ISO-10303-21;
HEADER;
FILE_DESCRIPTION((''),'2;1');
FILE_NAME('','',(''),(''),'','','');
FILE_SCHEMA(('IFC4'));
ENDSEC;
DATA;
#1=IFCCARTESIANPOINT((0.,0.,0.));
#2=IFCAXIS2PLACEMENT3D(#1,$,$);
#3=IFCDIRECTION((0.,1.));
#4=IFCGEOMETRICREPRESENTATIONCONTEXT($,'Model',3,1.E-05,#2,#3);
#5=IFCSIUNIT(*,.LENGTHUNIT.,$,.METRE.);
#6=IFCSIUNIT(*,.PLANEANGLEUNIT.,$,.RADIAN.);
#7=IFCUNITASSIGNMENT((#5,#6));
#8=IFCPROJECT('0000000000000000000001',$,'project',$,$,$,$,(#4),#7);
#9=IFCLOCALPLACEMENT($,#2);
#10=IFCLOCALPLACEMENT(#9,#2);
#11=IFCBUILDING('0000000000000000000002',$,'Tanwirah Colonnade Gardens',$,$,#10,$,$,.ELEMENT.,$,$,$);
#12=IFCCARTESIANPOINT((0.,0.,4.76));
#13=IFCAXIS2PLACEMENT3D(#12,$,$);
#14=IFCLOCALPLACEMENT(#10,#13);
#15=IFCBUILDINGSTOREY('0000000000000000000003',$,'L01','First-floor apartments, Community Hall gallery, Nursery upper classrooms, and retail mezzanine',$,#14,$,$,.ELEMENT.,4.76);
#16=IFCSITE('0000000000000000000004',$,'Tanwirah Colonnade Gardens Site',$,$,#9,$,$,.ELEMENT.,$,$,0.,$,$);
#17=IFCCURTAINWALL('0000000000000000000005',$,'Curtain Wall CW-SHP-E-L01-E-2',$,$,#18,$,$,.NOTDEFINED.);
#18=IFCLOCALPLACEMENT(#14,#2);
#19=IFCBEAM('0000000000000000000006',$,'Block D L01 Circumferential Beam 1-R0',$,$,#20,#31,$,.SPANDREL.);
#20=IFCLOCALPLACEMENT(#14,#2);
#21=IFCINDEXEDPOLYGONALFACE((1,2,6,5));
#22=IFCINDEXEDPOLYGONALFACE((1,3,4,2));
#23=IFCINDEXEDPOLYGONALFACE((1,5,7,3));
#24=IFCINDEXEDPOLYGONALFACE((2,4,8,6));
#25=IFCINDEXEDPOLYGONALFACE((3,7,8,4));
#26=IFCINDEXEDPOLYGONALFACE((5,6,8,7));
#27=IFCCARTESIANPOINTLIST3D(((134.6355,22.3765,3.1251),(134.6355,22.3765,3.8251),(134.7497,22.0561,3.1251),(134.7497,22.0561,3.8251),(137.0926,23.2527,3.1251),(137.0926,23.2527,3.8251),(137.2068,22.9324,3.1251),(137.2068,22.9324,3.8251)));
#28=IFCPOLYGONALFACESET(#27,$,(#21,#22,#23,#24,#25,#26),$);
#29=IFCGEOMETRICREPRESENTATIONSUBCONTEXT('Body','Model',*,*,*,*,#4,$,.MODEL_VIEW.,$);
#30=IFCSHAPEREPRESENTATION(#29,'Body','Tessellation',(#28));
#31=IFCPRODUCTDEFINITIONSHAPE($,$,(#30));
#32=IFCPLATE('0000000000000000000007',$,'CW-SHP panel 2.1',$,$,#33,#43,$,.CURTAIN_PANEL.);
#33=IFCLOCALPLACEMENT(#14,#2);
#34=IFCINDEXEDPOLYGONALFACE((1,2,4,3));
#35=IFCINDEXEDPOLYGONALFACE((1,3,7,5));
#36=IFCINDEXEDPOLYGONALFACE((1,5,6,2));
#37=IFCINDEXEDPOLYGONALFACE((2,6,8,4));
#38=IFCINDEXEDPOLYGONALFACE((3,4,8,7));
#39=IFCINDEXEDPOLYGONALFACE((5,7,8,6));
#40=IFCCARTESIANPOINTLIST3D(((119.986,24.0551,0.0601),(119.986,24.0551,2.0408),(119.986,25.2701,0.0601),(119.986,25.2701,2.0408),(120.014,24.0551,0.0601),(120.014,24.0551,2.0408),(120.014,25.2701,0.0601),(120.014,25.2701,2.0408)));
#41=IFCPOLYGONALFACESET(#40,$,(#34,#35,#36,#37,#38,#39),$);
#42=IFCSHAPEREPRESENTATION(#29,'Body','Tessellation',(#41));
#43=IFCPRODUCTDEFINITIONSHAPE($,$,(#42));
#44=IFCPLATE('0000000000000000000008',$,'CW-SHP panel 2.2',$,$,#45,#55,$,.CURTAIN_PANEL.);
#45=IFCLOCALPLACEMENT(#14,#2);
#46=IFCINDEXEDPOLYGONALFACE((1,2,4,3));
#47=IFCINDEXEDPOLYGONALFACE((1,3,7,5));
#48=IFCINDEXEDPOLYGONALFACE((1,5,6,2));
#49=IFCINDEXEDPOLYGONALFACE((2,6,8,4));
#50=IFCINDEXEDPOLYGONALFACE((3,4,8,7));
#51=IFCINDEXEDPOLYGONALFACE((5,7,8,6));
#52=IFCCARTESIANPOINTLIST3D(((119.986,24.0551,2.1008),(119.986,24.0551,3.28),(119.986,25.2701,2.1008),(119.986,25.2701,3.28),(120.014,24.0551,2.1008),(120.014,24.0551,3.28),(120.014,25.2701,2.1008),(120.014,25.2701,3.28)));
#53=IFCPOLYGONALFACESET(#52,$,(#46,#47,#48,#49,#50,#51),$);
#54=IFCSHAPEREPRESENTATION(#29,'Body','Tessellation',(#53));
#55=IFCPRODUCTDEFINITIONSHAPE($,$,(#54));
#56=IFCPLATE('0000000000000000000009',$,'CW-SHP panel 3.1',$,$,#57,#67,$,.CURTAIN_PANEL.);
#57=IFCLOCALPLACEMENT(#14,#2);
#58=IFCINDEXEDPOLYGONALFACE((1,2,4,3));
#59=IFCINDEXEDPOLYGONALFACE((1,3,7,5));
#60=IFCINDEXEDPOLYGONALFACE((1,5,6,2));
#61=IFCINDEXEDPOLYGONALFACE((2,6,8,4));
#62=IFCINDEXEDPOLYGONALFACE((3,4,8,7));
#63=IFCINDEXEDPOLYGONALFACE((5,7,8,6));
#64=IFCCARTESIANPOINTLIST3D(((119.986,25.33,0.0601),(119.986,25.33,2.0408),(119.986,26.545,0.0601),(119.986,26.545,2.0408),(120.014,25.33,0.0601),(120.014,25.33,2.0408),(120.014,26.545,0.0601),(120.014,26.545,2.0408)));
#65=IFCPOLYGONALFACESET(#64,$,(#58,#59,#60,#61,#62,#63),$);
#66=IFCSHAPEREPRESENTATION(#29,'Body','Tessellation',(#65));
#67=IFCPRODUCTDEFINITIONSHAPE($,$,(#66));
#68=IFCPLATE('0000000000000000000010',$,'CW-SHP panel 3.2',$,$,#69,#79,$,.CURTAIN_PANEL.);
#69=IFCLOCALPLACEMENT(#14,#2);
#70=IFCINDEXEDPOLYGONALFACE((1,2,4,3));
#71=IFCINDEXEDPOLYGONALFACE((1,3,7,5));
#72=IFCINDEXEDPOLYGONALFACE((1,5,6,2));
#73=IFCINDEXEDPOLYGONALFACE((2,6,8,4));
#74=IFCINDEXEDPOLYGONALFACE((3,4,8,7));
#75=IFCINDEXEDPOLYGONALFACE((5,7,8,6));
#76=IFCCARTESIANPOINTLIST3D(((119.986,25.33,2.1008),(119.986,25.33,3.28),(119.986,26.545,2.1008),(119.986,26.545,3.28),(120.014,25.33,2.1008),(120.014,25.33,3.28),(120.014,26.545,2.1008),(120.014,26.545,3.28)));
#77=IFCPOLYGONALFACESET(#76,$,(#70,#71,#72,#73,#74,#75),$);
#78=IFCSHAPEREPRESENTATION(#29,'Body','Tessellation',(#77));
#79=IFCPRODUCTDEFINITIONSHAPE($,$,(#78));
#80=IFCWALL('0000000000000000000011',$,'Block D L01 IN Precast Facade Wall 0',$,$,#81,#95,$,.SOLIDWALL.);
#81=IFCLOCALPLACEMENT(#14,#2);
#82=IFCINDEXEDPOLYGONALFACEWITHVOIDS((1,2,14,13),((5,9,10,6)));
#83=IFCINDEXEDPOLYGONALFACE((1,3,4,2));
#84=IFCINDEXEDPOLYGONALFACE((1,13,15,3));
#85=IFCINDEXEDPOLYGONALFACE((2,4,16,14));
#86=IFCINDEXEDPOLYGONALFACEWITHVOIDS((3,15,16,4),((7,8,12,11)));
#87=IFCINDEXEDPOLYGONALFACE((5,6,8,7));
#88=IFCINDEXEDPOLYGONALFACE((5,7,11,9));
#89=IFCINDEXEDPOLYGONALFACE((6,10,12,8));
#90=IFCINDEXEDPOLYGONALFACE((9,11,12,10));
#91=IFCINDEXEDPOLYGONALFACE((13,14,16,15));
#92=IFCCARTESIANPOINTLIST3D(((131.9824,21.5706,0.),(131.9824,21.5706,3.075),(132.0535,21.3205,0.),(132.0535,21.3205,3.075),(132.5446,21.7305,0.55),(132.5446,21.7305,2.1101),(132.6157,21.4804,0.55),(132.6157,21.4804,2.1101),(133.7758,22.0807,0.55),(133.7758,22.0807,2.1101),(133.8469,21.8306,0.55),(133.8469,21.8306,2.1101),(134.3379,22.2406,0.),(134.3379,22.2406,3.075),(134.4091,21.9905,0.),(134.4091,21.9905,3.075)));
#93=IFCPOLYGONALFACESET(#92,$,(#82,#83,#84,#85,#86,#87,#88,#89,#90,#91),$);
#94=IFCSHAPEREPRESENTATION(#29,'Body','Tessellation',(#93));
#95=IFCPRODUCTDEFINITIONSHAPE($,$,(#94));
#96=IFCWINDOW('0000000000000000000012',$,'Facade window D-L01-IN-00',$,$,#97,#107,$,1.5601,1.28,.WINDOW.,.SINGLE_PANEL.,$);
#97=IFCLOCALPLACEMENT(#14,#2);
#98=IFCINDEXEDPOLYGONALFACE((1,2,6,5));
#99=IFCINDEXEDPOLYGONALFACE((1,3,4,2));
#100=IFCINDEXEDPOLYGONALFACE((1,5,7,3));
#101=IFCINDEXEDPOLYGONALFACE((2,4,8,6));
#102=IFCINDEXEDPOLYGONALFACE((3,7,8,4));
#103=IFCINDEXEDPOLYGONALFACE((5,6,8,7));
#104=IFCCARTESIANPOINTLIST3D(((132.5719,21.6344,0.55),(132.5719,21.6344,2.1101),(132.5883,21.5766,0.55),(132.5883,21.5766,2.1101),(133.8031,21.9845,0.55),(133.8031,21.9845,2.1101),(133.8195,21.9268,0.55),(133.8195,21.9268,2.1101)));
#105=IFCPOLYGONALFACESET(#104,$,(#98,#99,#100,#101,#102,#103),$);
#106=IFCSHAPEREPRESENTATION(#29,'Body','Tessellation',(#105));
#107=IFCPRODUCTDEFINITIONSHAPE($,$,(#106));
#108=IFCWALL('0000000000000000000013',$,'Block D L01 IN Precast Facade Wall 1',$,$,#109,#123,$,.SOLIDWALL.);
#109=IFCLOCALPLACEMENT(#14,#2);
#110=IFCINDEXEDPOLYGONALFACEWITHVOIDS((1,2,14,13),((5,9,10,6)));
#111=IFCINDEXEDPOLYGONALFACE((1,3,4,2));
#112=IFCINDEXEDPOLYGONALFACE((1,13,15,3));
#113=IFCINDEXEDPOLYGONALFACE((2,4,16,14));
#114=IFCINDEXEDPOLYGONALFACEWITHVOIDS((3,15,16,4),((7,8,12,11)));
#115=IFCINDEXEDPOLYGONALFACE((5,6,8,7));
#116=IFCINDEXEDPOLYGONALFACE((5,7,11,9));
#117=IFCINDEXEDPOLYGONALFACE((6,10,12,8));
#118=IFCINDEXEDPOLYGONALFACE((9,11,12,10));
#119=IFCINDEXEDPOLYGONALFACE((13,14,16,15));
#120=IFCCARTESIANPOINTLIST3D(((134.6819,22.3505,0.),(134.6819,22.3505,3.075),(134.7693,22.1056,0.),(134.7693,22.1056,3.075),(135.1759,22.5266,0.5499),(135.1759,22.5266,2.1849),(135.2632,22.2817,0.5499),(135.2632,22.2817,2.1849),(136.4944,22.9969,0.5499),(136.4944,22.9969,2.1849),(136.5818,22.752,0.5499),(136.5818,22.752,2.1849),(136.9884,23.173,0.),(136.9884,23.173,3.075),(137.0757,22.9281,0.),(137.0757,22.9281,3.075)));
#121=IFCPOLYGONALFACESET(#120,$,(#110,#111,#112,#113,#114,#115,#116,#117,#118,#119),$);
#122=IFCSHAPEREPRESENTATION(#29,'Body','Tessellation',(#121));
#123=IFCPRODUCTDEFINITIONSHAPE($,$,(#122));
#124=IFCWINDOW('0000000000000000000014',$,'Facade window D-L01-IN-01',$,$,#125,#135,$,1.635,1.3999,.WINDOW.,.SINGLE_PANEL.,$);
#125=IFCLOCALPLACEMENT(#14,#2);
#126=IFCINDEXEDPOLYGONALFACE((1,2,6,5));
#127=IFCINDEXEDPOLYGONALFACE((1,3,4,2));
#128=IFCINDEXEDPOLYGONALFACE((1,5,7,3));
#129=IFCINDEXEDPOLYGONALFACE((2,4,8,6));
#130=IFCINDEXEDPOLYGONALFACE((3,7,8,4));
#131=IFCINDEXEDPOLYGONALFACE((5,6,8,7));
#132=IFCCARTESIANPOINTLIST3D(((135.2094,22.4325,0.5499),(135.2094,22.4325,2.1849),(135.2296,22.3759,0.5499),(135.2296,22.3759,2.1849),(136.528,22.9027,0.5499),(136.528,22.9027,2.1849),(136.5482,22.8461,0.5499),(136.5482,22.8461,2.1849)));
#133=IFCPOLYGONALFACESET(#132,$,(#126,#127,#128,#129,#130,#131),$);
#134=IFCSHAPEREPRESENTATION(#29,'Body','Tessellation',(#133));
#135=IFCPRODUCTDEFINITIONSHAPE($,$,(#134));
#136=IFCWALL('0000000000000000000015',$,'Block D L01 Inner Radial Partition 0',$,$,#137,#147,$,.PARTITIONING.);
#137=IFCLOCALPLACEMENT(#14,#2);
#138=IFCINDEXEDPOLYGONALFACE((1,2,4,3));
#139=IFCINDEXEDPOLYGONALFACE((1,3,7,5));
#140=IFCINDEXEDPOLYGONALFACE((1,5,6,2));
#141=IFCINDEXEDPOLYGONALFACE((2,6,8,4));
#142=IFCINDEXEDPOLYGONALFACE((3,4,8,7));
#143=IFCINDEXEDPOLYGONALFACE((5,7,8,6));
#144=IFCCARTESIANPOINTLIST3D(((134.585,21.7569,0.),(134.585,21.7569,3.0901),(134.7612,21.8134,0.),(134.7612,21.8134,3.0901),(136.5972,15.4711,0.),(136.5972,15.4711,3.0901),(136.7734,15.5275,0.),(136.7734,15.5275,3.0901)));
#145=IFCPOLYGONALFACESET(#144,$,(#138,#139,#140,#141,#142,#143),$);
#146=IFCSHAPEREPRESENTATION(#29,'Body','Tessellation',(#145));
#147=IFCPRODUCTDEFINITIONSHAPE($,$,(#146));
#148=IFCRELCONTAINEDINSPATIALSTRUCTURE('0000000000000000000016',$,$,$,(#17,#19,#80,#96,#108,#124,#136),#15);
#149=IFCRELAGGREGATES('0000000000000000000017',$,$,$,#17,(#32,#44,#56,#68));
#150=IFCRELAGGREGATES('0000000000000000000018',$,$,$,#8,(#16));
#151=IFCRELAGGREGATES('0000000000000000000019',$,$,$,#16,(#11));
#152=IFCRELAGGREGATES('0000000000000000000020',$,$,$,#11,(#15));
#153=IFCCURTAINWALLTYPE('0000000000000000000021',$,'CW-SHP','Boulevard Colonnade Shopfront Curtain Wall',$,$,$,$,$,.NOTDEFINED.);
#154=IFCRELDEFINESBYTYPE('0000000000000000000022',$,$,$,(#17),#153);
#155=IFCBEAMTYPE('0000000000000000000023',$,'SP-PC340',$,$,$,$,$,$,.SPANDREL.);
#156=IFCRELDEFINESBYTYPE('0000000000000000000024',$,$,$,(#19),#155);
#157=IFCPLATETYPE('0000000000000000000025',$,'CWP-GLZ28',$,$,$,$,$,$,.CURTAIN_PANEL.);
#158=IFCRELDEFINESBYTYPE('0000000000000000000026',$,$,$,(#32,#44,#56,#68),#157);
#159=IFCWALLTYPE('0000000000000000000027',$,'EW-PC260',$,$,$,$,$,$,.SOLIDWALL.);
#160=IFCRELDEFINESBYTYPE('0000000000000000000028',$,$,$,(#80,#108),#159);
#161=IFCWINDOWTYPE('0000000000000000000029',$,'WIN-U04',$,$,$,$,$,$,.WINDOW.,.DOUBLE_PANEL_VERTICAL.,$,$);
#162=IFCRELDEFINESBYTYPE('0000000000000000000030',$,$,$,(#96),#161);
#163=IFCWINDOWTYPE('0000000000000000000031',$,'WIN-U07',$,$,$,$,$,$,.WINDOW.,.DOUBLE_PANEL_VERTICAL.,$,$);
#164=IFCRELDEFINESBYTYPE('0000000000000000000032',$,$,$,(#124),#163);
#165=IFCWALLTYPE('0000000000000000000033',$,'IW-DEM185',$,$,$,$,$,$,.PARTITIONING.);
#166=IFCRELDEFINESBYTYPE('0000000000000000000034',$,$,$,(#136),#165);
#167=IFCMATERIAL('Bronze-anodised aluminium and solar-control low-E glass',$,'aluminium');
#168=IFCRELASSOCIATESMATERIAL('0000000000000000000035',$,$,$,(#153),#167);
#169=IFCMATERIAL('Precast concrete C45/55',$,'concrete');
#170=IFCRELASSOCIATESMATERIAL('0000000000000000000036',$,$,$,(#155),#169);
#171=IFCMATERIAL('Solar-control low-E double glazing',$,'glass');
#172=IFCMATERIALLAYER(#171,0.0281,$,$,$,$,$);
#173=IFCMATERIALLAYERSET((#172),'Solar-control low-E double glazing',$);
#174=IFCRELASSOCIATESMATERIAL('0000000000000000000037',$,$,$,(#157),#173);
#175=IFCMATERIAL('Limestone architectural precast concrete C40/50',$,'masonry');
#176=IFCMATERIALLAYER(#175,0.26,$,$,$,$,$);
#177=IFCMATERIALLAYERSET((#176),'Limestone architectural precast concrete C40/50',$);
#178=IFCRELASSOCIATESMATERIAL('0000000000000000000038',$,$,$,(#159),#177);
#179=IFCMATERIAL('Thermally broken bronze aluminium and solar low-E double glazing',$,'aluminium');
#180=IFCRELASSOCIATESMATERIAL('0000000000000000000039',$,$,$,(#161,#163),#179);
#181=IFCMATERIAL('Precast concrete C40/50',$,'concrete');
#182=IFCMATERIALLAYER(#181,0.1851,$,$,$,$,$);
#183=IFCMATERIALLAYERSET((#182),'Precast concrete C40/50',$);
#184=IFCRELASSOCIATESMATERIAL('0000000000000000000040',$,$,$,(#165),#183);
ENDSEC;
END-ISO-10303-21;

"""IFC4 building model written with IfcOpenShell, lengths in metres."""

from ifc_helpers import new_model, si_unit, direction, frame, frame_2d, origin, origin_2d, place, context, subcontext, project, spatial, rectangle, extrude, material, layer, layer_set, material_profile, profile_set, type_object, element, fill, aggregate, save


model = new_model("IFC4")

# Units and contexts
model_context = context("Model", 3, precision=1e-05, world=origin(), true_north=direction((0.0, 1.0)))
body_context = subcontext(model_context, "Body", "Model", "MODEL_VIEW")
ifc_project = project(units=[si_unit("LENGTHUNIT", "METRE"), si_unit("PLANEANGLEUNIT", "RADIAN")], contexts=[model_context])

# Site, building, storey
site_placement = place(None, origin())
site = spatial("IfcSite", under=ifc_project, at=site_placement, Name="Tanwirah Colonnade Gardens Site", CompositionType="ELEMENT", RefElevation=0.0)
building_placement = place(site_placement, origin())
building = spatial("IfcBuilding", under=site, at=building_placement, Name="Tanwirah Colonnade Gardens", CompositionType="ELEMENT")
storey_placement = place(building_placement, frame((0.0, 0.0, 4.76)))
storey = spatial("IfcBuildingStorey", under=building, at=storey_placement, Name="L01", Description="First-floor apartments, Community Hall gallery, Nursery upper classrooms, and retail mezzanine", CompositionType="ELEMENT", Elevation=4.76)

# Shared definitions
ifc_material_1 = material(Name="Precast concrete C45/55", Category="concrete")

# Curtain wall
ifc_material_2 = material(Name="Bronze-anodised aluminium and solar-control low-E glass", Category="aluminium")
curtain_wall_type = type_object("IfcCurtainWallType", Name="CW-SHP", Description="Boulevard Colonnade Shopfront Curtain Wall", PredefinedType="NOTDEFINED", material=ifc_material_2)
curtain_wall_placement = place(storey_placement, origin())
curtain_wall = element("IfcCurtainWall", 1, at=curtain_wall_placement, inside=storey, type_object=curtain_wall_type, Name="Curtain Wall CW-SHP-E-L01-E-2", PredefinedType="NOTDEFINED")

# Beam
ifc_material_3 = material(Name="Precast concrete C40/50", Category="concrete")
ifc_material_profile_1 = material_profile(ifc_material_1, rectangle(XDim=0.3401, YDim=0.7, at=origin_2d()), Name="PC-SP 340x700")
ifc_profile_set_1 = profile_set([ifc_material_profile_1], Name="Precast concrete C45/55")
beam_type_1 = type_object("IfcBeamType", Name="SP-PC340", PredefinedType="SPANDREL", material=ifc_profile_set_1)
beam_1_placement = place(storey_placement, frame((134.6926, 22.2163, 3.4751), z_axis=(0.941898, 0.335898, 0.0), x_axis=(-0.335898, 0.941898, 0.0)))
element("IfcBeam", 2, at=beam_1_placement, inside=storey, type_object=beam_type_1, Name="Block D L01 Circumferential Beam 1-R0", PredefinedType="SPANDREL", context=body_context, shape_type="SweptSolid", body=[
    extrude(rectangle(XDim=0.3401, YDim=0.7, at=origin_2d()), origin(), (0.0, 0.0, 1.0), 2.6086),
])

# Plates
ifc_material_4 = material(Name="Solar-control low-E double glazing", Category="glass")
ifc_layer_1 = layer(ifc_material_4, 0.0281)
ifc_layer_set_1 = layer_set([ifc_layer_1], Name="Solar-control low-E double glazing")
plate_type = type_object("IfcPlateType", Name="CWP-GLZ28", PredefinedType="CURTAIN_PANEL", material=ifc_layer_set_1)
plate_1_placement = place(storey_placement, frame((120.0, 24.6626, 0.0601), z_axis=(0.0, 0.0, 1.0), x_axis=(0.0, 1.0, 0.0)))
plate_1 = element("IfcPlate", 3, at=plate_1_placement, type_object=plate_type, Name="CW-SHP panel 2.1", PredefinedType="CURTAIN_PANEL", context=body_context, shape_type="SweptSolid", body=[
    extrude(rectangle(XDim=1.2151, YDim=0.0281, at=origin_2d()), origin(), (0.0, 0.0, 1.0), 1.9807),
])
plate_2_placement = place(storey_placement, frame((120.0, 24.6626, 2.1008), z_axis=(0.0, 0.0, 1.0), x_axis=(0.0, 1.0, 0.0)))
plate_2 = element("IfcPlate", 4, at=plate_2_placement, type_object=plate_type, Name="CW-SHP panel 2.2", PredefinedType="CURTAIN_PANEL", context=body_context, shape_type="SweptSolid", body=[
    extrude(rectangle(XDim=1.2151, YDim=0.0281, at=origin_2d()), origin(), (0.0, 0.0, 1.0), 1.1792),
])
plate_3_placement = place(storey_placement, frame((120.0, 25.9375, 0.0601), z_axis=(0.0, 0.0, 1.0), x_axis=(0.0, 1.0, 0.0)))
plate_3 = element("IfcPlate", 5, at=plate_3_placement, type_object=plate_type, Name="CW-SHP panel 3.1", PredefinedType="CURTAIN_PANEL", context=body_context, shape_type="SweptSolid", body=[
    extrude(rectangle(XDim=1.2151, YDim=0.0281, at=origin_2d()), origin(), (0.0, 0.0, 1.0), 1.9807),
])
plate_4_placement = place(storey_placement, frame((120.0, 25.9375, 2.1008), z_axis=(0.0, 0.0, 1.0), x_axis=(0.0, 1.0, 0.0)))
plate_4 = element("IfcPlate", 6, at=plate_4_placement, type_object=plate_type, Name="CW-SHP panel 3.2", PredefinedType="CURTAIN_PANEL", context=body_context, shape_type="SweptSolid", body=[
    extrude(rectangle(XDim=1.2151, YDim=0.0281, at=origin_2d()), origin(), (0.0, 0.0, 1.0), 1.1792),
])
aggregate(curtain_wall, [plate_1, plate_2, plate_3, plate_4])

# Walls, openings, windows
ifc_material_5 = material(Name="Limestone architectural precast concrete C40/50", Category="masonry")
ifc_layer_2 = layer(ifc_material_5, 0.26)
ifc_layer_set_2 = layer_set([ifc_layer_2], Name="Limestone architectural precast concrete C40/50")
wall_type_1 = type_object("IfcWallType", Name="EW-PC260", PredefinedType="SOLIDWALL", material=ifc_layer_set_2)
wall_1_placement = place(storey_placement, frame((132.0178, 21.4456, 0.0), z_axis=(0.0, 0.0, 1.0), x_axis=(0.961854, 0.273562, 0.0)))
wall_1 = element("IfcWall", 7, at=wall_1_placement, inside=storey, type_object=wall_type_1, Name="Block D L01 IN Precast Facade Wall 0", PredefinedType="SOLIDWALL", context=body_context, shape_type="SweptSolid", body=[
    extrude(rectangle(XDim=2.449, YDim=0.26, at=frame_2d((1.2246, 0.0))), origin(), (0.0, 0.0, 1.0), 3.075),
])
opening_1_placement = place(wall_1_placement, frame((0.5845, 0.0, 0.55)))
opening_1 = element("IfcOpeningElement", 8, at=opening_1_placement, cuts=wall_1, PredefinedType="OPENING", context=body_context, shape_type="SweptSolid", body=[
    extrude(rectangle(XDim=1.28, YDim=1.5601, at=frame_2d((0.6401, 0.78))), frame((0.0, 0.1399, 0.0), z_axis=(0.0, -1.0, 0.0), x_axis=(1.0, 0.0, 0.0)), (0.0, 0.0, 1.0), 0.28),
])
ifc_material_6 = material(Name="Thermally broken bronze aluminium and solar low-E double glazing", Category="aluminium")
window_type_1 = type_object("IfcWindowType", Name="WIN-U04", PartitioningType="DOUBLE_PANEL_VERTICAL", PredefinedType="WINDOW", material=ifc_material_6)
window_1_placement = place(opening_1_placement, origin())
window_1 = element("IfcWindow", 9, at=window_1_placement, inside=storey, type_object=window_type_1, Name="Facade window D-L01-IN-00", OverallHeight=1.5601, OverallWidth=1.28, PartitioningType="SINGLE_PANEL", PredefinedType="WINDOW", context=body_context, shape_type="SweptSolid", body=[
    extrude(rectangle(XDim=1.28, YDim=1.5601, at=frame_2d((0.6401, 0.78))), frame((0.0, 0.03, 0.0), z_axis=(0.0, -1.0, 0.0), x_axis=(1.0, 0.0, 0.0)), (0.0, 0.0, 1.0), 0.0601),
])
fill(opening_1, window_1)
wall_2_placement = place(storey_placement, frame((134.7256, 22.228, 0.0), z_axis=(0.0, 0.0, 1.0), x_axis=(0.941897, 0.335901, 0.0)))
wall_2 = element("IfcWall", 10, at=wall_2_placement, inside=storey, type_object=wall_type_1, Name="Block D L01 IN Precast Facade Wall 1", PredefinedType="SOLIDWALL", context=body_context, shape_type="SweptSolid", body=[
    extrude(rectangle(XDim=2.4487, YDim=0.26, at=frame_2d((1.2244, 0.0))), origin(), (0.0, 0.0, 1.0), 3.075),
])
opening_2_placement = place(wall_2_placement, frame((0.5244, 0.0, 0.55)))
opening_2 = element("IfcOpeningElement", 11, at=opening_2_placement, cuts=wall_2, PredefinedType="OPENING", context=body_context, shape_type="SweptSolid", body=[
    extrude(rectangle(XDim=1.3999, YDim=1.635, at=frame_2d((0.7, 0.8174))), frame((0.0, 0.1399, 0.0), z_axis=(0.0, -1.0, 0.0), x_axis=(1.0, 0.0, 0.0)), (0.0, 0.0, 1.0), 0.28),
])
window_type_2 = type_object("IfcWindowType", Name="WIN-U07", PartitioningType="DOUBLE_PANEL_VERTICAL", PredefinedType="WINDOW", material=ifc_material_6)
window_2_placement = place(opening_2_placement, origin())
window_2 = element("IfcWindow", 12, at=window_2_placement, inside=storey, type_object=window_type_2, Name="Facade window D-L01-IN-01", OverallHeight=1.635, OverallWidth=1.3999, PartitioningType="SINGLE_PANEL", PredefinedType="WINDOW", context=body_context, shape_type="SweptSolid", body=[
    extrude(rectangle(XDim=1.3999, YDim=1.635, at=frame_2d((0.7, 0.8174))), frame((0.0, 0.03, 0.0), z_axis=(0.0, -1.0, 0.0), x_axis=(1.0, 0.0, 0.0)), (0.0, 0.0, 1.0), 0.0601),
])
fill(opening_2, window_2)

# Wall
ifc_layer_3 = layer(ifc_material_3, 0.1851)
ifc_layer_set_3 = layer_set([ifc_layer_3], Name="Precast concrete C40/50")
wall_type_2 = type_object("IfcWallType", Name="IW-DEM185", PredefinedType="PARTITIONING", material=ifc_layer_set_3)
wall_3_placement = place(storey_placement, frame((134.6731, 21.7852, 0.0), z_axis=(0.0, 0.0, 1.0), x_axis=(0.304875, -0.952392, 0.0)))
element("IfcWall", 13, at=wall_3_placement, inside=storey, type_object=wall_type_2, Name="Block D L01 Inner Radial Partition 0", PredefinedType="PARTITIONING", context=body_context, shape_type="SweptSolid", body=[
    extrude(rectangle(XDim=6.6001, YDim=0.1851, at=frame_2d((3.3, 0.0))), origin(), (0.0, 0.0, 1.0), 3.0901),
])

save(model, "model.ifc")
